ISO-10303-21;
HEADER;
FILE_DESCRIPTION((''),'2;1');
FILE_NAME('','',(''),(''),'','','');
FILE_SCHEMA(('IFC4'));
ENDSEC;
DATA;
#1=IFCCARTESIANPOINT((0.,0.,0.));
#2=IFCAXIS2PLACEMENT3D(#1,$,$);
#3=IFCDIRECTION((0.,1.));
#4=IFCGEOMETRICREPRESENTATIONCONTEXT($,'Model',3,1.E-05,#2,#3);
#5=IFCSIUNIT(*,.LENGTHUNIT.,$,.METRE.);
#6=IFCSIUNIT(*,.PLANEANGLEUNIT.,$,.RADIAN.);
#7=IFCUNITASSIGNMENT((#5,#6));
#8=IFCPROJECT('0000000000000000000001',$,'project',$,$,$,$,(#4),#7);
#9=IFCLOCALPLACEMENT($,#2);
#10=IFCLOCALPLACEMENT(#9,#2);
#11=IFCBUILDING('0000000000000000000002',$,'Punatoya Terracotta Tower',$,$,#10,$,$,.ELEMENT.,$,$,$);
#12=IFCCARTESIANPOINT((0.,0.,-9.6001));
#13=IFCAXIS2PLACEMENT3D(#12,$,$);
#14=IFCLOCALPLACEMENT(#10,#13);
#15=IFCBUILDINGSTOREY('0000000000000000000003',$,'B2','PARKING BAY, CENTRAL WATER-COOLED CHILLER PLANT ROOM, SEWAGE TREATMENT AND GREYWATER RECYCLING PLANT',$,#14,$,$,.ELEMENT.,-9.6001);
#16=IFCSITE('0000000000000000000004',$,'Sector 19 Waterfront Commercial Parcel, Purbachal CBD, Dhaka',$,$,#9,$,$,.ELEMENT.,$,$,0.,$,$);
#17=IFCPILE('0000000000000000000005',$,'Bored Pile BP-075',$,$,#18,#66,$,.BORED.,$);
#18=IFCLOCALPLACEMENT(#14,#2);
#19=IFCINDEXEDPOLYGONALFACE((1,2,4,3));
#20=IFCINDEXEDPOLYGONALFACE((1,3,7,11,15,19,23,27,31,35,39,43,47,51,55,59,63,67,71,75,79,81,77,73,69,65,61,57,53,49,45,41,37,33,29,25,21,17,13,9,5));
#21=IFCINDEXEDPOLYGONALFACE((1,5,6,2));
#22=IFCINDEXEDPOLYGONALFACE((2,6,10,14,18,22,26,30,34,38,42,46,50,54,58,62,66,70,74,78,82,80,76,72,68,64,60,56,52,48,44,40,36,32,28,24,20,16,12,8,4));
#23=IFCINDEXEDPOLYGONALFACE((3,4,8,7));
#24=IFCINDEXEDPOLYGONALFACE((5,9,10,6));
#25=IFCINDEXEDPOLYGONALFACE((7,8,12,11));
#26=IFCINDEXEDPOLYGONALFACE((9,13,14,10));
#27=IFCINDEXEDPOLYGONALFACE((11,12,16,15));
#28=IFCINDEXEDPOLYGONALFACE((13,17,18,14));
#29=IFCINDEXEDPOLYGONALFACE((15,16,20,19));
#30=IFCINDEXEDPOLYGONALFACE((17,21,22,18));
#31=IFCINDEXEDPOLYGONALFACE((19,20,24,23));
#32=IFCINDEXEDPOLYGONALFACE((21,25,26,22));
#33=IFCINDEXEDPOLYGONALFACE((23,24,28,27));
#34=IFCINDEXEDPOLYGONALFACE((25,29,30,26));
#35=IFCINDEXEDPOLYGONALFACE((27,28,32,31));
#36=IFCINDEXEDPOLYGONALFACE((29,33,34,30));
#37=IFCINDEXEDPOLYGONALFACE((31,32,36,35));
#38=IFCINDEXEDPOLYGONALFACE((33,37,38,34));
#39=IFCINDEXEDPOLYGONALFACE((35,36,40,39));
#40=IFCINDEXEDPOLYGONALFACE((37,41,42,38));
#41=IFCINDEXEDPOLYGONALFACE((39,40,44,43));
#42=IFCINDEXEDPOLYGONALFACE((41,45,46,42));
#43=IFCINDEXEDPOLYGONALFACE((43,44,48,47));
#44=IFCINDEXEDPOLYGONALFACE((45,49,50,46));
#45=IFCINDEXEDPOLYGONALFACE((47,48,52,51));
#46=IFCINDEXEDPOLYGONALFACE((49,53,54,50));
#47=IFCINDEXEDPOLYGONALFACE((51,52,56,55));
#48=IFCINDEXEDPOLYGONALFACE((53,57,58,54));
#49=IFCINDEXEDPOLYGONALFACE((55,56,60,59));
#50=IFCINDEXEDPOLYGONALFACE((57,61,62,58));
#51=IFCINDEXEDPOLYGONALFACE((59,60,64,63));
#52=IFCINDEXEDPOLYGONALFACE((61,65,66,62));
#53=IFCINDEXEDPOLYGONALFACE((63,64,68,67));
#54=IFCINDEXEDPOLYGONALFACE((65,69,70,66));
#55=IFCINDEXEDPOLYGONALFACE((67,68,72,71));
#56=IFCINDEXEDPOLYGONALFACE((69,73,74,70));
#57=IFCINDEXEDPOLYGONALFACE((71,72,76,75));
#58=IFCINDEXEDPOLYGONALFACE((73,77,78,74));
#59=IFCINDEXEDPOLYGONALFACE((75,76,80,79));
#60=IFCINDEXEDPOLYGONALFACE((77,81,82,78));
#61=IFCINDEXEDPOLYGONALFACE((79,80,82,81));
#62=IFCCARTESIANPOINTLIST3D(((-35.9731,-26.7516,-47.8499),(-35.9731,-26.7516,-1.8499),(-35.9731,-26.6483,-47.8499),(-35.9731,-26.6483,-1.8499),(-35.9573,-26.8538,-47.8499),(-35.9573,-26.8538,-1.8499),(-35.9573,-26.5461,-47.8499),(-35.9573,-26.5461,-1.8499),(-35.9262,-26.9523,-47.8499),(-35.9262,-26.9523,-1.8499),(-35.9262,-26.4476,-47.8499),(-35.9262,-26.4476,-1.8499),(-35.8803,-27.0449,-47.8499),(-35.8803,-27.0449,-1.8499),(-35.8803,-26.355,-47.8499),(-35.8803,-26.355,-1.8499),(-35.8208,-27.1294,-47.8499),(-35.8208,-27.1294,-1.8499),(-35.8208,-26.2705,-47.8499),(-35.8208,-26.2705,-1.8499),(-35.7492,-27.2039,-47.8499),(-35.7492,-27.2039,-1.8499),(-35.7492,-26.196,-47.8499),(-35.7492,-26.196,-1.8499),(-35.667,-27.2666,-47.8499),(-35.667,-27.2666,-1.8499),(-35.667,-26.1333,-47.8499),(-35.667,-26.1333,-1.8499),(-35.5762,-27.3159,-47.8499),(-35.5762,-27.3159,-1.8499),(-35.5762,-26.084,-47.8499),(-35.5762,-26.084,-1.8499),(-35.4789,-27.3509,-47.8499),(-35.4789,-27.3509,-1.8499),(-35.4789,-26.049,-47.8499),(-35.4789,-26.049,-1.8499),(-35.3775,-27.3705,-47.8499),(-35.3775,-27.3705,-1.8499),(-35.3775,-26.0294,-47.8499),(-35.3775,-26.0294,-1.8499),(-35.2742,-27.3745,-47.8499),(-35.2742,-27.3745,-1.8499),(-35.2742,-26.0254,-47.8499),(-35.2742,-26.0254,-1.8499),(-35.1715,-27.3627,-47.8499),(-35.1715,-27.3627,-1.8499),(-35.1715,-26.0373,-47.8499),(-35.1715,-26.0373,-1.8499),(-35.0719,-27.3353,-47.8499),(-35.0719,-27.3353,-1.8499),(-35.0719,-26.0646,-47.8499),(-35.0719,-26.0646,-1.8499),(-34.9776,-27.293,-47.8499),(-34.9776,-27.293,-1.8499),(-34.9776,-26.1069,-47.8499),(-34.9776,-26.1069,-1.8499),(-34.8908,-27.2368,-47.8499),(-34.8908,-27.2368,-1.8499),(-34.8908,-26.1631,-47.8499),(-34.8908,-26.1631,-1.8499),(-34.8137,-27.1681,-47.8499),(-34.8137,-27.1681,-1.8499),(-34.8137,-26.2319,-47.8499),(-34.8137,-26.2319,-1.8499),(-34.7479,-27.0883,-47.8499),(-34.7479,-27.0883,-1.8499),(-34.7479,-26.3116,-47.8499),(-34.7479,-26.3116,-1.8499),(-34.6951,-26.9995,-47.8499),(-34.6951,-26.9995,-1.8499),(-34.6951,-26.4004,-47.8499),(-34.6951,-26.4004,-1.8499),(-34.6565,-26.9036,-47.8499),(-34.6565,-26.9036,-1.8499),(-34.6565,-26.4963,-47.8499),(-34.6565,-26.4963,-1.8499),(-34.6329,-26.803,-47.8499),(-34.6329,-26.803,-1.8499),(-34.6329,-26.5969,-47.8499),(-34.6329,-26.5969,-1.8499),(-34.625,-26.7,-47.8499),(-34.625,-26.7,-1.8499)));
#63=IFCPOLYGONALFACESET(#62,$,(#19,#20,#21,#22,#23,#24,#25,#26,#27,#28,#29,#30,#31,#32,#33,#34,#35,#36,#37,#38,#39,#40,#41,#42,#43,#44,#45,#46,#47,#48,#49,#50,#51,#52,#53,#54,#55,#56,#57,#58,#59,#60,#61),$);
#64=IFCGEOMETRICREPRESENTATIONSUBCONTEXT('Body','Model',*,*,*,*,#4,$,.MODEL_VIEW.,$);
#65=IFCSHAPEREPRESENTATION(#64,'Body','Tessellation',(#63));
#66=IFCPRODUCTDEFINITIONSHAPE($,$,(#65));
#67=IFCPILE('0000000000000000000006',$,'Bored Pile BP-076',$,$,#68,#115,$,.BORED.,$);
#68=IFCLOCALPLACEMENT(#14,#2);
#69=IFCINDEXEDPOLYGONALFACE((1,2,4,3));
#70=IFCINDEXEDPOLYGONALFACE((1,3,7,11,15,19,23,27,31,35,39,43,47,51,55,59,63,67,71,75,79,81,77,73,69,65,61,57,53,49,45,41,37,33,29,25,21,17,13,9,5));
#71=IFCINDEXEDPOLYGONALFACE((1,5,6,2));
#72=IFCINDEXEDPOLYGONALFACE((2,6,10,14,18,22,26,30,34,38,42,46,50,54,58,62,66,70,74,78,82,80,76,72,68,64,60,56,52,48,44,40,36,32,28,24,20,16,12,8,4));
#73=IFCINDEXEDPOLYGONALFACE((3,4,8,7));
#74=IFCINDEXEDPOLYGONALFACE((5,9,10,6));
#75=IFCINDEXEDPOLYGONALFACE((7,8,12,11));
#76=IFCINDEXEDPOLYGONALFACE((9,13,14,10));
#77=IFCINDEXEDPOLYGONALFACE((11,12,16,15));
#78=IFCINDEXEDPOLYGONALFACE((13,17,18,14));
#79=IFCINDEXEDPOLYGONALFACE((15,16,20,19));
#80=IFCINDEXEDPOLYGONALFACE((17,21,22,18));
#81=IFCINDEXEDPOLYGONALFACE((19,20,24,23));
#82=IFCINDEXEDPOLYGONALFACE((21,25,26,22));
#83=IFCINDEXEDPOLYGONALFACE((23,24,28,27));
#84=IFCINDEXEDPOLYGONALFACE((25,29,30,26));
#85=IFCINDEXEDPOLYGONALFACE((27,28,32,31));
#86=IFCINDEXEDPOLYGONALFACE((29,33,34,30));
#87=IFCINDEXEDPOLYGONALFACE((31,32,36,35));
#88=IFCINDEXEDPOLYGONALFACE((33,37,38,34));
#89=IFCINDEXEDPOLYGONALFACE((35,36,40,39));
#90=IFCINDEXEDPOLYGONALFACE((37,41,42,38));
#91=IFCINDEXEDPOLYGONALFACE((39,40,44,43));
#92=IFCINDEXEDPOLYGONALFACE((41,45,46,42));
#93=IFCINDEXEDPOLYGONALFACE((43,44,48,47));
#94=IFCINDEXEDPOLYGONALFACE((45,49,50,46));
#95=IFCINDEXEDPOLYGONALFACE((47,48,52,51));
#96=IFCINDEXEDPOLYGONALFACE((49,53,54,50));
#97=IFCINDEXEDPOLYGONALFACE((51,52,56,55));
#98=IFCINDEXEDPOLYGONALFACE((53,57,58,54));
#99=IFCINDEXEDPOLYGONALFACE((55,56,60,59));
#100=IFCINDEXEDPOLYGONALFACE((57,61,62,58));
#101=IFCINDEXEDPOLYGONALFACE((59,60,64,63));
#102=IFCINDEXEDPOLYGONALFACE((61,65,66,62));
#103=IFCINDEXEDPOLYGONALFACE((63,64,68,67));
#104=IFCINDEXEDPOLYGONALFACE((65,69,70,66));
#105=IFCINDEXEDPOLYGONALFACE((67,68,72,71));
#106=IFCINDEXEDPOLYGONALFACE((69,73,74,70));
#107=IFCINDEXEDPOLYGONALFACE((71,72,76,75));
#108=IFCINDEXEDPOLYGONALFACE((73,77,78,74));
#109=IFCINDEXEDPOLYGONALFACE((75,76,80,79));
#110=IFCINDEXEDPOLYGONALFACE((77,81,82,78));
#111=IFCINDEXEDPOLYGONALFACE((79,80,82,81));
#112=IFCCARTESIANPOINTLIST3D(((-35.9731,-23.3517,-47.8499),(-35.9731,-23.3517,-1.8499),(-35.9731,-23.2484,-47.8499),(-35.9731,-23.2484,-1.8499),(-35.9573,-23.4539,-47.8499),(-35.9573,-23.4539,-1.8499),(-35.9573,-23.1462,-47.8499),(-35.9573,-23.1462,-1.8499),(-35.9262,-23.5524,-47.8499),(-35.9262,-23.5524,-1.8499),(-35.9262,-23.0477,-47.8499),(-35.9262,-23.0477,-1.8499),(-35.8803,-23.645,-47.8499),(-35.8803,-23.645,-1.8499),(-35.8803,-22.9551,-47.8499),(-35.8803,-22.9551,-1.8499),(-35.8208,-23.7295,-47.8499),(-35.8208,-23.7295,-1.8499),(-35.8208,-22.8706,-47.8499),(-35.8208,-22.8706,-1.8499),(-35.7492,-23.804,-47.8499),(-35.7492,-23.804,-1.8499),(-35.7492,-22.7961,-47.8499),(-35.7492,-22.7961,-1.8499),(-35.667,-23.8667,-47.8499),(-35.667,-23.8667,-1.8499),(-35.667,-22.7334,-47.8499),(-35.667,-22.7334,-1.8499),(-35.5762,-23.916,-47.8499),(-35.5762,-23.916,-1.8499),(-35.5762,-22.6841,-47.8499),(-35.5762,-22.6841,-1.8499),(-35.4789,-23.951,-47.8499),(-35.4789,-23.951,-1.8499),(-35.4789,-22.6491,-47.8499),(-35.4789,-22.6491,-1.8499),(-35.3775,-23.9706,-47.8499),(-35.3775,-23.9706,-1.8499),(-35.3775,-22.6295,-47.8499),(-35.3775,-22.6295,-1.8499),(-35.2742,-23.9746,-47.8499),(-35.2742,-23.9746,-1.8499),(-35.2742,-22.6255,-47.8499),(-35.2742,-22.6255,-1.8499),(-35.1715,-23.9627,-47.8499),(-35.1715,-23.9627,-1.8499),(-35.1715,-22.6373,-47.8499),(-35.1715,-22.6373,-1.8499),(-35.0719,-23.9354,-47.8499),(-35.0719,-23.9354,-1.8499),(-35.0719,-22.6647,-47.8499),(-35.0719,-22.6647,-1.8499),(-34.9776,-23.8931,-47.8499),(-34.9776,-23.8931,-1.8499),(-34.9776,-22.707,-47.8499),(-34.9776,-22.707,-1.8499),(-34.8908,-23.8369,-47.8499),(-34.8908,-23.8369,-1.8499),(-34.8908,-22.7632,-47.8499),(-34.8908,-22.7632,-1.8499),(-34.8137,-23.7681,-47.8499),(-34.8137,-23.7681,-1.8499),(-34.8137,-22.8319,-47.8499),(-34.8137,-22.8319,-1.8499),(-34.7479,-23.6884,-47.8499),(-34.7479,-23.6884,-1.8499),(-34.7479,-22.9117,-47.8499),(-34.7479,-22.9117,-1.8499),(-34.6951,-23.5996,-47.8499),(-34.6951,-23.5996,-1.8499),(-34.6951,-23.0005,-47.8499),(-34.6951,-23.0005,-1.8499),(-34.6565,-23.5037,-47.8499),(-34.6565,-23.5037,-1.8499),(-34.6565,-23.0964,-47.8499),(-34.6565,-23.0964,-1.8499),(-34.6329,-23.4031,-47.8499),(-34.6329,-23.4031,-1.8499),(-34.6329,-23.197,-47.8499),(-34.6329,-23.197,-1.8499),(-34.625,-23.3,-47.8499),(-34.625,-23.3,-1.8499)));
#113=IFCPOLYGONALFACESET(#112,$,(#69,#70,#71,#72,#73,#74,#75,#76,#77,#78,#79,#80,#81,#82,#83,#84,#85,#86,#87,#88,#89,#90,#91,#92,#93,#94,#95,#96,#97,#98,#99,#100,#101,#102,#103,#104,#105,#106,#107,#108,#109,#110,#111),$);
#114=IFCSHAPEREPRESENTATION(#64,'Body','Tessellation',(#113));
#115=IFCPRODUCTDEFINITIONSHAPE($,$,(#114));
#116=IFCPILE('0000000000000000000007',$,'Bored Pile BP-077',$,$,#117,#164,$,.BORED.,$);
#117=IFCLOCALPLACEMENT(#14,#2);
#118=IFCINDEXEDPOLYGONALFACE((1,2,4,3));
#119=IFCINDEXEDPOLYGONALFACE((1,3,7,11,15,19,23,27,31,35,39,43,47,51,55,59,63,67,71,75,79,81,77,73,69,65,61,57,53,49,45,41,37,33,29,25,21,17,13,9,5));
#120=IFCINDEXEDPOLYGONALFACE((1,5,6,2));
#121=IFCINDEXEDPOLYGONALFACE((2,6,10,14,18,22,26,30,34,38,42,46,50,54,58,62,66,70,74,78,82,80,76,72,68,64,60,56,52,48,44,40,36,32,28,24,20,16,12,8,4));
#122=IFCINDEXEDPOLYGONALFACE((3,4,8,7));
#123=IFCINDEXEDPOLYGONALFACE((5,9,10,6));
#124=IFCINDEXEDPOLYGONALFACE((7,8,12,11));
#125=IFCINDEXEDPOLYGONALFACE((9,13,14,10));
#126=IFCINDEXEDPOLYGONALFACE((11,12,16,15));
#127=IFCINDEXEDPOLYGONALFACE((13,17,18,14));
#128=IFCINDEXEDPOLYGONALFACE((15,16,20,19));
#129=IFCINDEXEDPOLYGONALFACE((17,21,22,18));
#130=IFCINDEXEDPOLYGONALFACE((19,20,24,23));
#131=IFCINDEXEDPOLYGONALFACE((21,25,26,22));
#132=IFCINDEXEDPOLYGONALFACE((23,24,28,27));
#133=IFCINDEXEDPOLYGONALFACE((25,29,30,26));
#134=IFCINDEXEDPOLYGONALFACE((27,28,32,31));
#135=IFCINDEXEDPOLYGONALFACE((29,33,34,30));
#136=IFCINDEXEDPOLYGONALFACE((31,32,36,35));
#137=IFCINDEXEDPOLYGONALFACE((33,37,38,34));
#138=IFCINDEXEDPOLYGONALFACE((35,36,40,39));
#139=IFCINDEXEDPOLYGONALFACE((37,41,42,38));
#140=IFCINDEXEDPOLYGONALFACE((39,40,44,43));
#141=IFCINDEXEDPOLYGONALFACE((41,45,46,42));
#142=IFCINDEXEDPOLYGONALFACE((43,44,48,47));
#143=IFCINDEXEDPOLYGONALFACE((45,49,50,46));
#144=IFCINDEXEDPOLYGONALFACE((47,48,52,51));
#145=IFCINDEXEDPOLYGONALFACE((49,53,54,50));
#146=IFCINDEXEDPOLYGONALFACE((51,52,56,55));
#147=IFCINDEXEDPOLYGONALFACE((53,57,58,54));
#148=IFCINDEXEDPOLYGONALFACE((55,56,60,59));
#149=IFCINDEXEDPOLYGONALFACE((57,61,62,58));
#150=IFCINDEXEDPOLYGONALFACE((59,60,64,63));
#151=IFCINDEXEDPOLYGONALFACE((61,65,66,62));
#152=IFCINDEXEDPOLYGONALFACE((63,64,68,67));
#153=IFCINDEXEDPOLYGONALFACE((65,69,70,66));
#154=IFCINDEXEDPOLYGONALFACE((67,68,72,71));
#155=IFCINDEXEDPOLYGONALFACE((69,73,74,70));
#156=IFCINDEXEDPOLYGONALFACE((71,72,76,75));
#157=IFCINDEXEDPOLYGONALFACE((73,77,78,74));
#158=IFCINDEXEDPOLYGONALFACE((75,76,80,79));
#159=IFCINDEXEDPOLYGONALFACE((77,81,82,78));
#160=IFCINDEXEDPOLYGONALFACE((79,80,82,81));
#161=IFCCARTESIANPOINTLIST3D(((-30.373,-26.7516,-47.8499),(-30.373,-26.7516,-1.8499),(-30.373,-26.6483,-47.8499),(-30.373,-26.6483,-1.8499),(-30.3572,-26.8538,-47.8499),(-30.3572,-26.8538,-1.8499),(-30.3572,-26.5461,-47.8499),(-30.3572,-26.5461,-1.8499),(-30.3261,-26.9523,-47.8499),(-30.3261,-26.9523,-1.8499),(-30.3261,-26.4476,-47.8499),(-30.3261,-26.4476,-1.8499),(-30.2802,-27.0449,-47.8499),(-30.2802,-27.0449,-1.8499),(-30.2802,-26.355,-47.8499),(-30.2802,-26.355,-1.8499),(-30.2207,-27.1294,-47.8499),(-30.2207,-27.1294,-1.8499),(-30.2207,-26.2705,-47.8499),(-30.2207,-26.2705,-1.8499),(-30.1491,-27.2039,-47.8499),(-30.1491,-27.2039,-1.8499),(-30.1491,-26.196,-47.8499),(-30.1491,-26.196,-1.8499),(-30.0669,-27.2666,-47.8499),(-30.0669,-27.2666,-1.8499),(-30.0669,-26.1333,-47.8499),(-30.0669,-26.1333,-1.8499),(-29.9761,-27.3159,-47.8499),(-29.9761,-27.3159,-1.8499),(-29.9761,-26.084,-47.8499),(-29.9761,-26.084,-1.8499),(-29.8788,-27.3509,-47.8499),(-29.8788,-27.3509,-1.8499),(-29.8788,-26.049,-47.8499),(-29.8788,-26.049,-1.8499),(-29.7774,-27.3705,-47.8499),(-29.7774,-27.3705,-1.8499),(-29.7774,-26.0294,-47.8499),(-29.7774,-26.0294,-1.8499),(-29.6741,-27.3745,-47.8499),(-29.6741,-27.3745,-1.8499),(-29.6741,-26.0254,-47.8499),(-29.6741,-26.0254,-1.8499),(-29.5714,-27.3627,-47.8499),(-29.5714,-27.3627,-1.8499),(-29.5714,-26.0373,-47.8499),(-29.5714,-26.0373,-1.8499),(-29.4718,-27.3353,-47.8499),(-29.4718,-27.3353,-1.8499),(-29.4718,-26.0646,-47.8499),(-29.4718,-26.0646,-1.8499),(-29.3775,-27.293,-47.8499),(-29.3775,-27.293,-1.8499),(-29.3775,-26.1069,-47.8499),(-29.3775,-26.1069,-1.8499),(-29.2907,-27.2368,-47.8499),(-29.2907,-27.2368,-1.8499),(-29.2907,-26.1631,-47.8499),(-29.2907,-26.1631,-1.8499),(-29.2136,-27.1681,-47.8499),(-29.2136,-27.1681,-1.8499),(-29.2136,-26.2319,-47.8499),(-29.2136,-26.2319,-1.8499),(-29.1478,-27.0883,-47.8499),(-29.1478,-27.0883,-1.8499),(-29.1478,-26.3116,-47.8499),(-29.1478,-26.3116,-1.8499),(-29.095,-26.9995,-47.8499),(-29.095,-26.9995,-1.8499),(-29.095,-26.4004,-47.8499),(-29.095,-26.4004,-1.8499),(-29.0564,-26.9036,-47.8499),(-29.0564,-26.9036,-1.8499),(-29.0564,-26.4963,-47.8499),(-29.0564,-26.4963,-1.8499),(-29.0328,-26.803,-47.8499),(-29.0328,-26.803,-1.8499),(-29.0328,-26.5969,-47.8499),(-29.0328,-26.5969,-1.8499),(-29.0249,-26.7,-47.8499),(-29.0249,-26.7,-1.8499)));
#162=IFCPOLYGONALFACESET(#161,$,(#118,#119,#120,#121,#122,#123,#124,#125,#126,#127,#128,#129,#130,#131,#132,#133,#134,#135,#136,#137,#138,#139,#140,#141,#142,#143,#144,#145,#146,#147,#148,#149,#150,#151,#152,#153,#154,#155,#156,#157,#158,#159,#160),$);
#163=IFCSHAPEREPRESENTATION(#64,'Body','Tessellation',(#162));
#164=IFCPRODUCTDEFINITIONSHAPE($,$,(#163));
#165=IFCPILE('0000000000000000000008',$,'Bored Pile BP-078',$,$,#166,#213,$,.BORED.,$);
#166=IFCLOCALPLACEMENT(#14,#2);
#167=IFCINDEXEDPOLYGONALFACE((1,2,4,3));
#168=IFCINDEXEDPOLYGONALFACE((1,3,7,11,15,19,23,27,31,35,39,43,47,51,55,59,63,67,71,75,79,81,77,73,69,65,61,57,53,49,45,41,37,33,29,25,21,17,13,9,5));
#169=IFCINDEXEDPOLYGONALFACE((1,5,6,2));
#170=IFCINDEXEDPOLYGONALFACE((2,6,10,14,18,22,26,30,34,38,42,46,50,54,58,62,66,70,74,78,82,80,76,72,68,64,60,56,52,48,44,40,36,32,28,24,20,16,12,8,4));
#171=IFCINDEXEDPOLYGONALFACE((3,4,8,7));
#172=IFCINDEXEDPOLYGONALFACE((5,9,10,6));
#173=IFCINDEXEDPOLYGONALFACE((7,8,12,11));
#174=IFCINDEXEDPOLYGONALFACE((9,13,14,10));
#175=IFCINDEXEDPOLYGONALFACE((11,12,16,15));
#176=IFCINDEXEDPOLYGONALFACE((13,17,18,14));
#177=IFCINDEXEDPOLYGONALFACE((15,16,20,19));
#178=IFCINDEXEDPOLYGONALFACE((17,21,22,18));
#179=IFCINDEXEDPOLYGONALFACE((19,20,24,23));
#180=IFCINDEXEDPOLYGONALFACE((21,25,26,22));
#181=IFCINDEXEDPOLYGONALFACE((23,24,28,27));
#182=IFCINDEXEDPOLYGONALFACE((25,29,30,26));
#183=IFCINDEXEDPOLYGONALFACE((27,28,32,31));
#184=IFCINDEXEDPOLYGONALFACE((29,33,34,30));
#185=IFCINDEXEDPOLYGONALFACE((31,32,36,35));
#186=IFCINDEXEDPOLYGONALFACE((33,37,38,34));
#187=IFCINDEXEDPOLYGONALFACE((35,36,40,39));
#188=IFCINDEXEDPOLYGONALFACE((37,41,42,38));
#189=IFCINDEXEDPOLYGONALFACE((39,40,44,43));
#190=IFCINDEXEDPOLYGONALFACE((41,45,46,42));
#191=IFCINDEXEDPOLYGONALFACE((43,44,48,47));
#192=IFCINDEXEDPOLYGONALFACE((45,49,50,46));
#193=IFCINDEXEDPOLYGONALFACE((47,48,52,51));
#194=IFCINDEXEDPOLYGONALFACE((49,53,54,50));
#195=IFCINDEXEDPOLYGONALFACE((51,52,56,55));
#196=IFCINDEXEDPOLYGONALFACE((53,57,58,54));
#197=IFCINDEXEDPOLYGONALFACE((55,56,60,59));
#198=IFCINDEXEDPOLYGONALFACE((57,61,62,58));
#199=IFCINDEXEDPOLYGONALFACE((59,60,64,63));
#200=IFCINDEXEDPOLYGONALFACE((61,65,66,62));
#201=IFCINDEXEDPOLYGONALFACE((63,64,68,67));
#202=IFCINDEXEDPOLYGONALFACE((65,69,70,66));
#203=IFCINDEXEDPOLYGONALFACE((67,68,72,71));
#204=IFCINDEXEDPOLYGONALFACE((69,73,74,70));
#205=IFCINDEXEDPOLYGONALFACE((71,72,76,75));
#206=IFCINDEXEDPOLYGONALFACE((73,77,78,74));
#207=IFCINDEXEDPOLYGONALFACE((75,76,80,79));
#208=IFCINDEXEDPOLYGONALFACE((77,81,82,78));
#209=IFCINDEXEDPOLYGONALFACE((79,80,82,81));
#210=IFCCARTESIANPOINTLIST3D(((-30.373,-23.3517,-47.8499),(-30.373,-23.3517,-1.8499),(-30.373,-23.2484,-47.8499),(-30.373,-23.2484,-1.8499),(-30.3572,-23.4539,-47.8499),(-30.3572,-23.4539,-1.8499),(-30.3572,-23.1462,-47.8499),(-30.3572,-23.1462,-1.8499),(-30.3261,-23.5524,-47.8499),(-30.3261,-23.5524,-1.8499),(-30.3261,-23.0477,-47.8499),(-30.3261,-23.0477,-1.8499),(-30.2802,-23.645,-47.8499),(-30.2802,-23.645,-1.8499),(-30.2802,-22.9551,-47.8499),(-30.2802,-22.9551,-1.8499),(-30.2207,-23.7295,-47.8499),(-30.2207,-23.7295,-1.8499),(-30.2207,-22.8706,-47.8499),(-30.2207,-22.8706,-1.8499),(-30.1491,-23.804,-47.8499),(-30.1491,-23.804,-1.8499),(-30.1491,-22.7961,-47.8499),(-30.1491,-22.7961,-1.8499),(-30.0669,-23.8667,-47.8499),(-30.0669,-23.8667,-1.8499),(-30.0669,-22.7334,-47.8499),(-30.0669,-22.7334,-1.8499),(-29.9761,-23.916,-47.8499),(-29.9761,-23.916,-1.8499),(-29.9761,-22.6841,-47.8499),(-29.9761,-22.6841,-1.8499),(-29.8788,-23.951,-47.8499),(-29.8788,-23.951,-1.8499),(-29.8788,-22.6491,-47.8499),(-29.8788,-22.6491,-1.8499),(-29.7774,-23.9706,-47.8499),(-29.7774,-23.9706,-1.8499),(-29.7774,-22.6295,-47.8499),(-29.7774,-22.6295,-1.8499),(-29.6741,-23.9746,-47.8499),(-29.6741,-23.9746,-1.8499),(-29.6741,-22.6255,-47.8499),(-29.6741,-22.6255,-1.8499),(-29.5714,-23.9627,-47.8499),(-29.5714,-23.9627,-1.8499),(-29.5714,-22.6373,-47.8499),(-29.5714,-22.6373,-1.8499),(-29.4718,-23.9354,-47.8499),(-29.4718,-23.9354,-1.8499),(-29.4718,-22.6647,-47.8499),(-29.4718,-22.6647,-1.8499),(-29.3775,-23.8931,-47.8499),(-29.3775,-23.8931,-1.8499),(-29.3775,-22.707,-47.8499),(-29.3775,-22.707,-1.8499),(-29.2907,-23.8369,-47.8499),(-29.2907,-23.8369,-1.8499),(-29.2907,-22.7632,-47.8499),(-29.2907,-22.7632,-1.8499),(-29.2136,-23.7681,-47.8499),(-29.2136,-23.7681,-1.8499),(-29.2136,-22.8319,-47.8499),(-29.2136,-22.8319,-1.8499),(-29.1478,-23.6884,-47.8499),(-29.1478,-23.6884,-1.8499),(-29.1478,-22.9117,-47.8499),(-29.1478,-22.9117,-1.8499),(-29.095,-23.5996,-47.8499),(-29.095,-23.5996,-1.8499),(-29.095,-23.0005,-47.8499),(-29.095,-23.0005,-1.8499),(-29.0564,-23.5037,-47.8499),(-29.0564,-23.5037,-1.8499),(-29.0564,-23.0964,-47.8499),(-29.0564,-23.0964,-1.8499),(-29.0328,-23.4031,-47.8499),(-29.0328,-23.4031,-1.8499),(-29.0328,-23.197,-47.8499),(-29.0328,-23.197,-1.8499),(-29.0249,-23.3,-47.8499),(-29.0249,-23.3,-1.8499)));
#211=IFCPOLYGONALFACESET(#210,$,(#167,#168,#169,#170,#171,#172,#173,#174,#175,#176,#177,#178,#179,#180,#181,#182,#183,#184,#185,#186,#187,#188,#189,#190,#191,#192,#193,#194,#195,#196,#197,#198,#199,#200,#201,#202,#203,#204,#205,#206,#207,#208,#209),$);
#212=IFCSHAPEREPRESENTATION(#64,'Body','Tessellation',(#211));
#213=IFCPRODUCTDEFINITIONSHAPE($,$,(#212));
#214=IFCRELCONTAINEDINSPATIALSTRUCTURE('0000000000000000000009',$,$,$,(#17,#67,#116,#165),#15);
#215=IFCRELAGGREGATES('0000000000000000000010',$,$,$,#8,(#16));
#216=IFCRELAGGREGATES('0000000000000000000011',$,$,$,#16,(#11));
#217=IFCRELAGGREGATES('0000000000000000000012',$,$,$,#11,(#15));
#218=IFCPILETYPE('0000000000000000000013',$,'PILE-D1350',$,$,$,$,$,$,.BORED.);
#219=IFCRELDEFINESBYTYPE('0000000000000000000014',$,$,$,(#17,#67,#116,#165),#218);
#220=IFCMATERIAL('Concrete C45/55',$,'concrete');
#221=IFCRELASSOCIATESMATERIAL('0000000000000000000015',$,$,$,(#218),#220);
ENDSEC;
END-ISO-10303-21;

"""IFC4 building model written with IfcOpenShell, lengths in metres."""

from ifc_helpers import new_model, si_unit, direction, frame, origin, origin_2d, place, context, subcontext, project, spatial, circle, extrude, material, material_profile, profile_set, type_object, element, save


model = new_model("IFC4")

# Units and contexts
model_context = context("Model", 3, precision=1e-05, world=origin(), true_north=direction((0.0, 1.0)))
body_context = subcontext(model_context, "Body", "Model", "MODEL_VIEW")
ifc_project = project(units=[si_unit("LENGTHUNIT", "METRE"), si_unit("PLANEANGLEUNIT", "RADIAN")], contexts=[model_context])

# Site, building, storey
site_placement = place(None, origin())
site = spatial("IfcSite", under=ifc_project, at=site_placement, Name="Sector 19 Waterfront Commercial Parcel, Purbachal CBD, Dhaka", CompositionType="ELEMENT", RefElevation=0.0)
building_placement = place(site_placement, origin())
building = spatial("IfcBuilding", under=site, at=building_placement, Name="Punatoya Terracotta Tower", CompositionType="ELEMENT")
storey_placement = place(building_placement, frame((0.0, 0.0, -9.6001)))
storey = spatial("IfcBuildingStorey", under=building, at=storey_placement, Name="B2", Description="PARKING BAY, CENTRAL WATER-COOLED CHILLER PLANT ROOM, SEWAGE TREATMENT AND GREYWATER RECYCLING PLANT", CompositionType="ELEMENT", Elevation=-9.6001)

# Shared definitions
ifc_material_1 = material(Name="Concrete C45/55", Category="concrete")

# Piles
ifc_material_profile_1 = material_profile(ifc_material_1, circle(Radius=0.675, at=origin_2d()))
ifc_profile_set_1 = profile_set([ifc_material_profile_1], Name="Concrete C45/55")
pile_type_1 = type_object("IfcPileType", Name="PILE-D1350", PredefinedType="BORED", material=ifc_profile_set_1)
for number, where, z_axis, x_axis, name in (
    (1, (-35.3, -26.7, -1.8499), (0.0, 0.0, -1.0), (1.0, 0.0, 0.0), "Bored Pile BP-075"),
    (2, (-35.3, -23.3, -1.8499), (0.0, 0.0, -1.0), (1.0, 0.0, 0.0), "Bored Pile BP-076"),
    (3, (-29.7, -26.7, -1.8499), (0.0, 0.0, -1.0), (1.0, 0.0, 0.0), "Bored Pile BP-077"),
    (4, (-29.7, -23.3, -1.8499), (0.0, 0.0, -1.0), (1.0, 0.0, 0.0), "Bored Pile BP-078"),
):
    element("IfcPile", number, at=place(storey_placement, frame(where, z_axis=z_axis, x_axis=x_axis)), inside=storey, type_object=pile_type_1, Name=name, PredefinedType="BORED", context=body_context, shape_type="SweptSolid", body=[
        extrude(circle(Radius=0.675, at=origin_2d()), origin(), (0.0, 0.0, 1.0), 46.0),
    ])

save(model, "model.ifc")
